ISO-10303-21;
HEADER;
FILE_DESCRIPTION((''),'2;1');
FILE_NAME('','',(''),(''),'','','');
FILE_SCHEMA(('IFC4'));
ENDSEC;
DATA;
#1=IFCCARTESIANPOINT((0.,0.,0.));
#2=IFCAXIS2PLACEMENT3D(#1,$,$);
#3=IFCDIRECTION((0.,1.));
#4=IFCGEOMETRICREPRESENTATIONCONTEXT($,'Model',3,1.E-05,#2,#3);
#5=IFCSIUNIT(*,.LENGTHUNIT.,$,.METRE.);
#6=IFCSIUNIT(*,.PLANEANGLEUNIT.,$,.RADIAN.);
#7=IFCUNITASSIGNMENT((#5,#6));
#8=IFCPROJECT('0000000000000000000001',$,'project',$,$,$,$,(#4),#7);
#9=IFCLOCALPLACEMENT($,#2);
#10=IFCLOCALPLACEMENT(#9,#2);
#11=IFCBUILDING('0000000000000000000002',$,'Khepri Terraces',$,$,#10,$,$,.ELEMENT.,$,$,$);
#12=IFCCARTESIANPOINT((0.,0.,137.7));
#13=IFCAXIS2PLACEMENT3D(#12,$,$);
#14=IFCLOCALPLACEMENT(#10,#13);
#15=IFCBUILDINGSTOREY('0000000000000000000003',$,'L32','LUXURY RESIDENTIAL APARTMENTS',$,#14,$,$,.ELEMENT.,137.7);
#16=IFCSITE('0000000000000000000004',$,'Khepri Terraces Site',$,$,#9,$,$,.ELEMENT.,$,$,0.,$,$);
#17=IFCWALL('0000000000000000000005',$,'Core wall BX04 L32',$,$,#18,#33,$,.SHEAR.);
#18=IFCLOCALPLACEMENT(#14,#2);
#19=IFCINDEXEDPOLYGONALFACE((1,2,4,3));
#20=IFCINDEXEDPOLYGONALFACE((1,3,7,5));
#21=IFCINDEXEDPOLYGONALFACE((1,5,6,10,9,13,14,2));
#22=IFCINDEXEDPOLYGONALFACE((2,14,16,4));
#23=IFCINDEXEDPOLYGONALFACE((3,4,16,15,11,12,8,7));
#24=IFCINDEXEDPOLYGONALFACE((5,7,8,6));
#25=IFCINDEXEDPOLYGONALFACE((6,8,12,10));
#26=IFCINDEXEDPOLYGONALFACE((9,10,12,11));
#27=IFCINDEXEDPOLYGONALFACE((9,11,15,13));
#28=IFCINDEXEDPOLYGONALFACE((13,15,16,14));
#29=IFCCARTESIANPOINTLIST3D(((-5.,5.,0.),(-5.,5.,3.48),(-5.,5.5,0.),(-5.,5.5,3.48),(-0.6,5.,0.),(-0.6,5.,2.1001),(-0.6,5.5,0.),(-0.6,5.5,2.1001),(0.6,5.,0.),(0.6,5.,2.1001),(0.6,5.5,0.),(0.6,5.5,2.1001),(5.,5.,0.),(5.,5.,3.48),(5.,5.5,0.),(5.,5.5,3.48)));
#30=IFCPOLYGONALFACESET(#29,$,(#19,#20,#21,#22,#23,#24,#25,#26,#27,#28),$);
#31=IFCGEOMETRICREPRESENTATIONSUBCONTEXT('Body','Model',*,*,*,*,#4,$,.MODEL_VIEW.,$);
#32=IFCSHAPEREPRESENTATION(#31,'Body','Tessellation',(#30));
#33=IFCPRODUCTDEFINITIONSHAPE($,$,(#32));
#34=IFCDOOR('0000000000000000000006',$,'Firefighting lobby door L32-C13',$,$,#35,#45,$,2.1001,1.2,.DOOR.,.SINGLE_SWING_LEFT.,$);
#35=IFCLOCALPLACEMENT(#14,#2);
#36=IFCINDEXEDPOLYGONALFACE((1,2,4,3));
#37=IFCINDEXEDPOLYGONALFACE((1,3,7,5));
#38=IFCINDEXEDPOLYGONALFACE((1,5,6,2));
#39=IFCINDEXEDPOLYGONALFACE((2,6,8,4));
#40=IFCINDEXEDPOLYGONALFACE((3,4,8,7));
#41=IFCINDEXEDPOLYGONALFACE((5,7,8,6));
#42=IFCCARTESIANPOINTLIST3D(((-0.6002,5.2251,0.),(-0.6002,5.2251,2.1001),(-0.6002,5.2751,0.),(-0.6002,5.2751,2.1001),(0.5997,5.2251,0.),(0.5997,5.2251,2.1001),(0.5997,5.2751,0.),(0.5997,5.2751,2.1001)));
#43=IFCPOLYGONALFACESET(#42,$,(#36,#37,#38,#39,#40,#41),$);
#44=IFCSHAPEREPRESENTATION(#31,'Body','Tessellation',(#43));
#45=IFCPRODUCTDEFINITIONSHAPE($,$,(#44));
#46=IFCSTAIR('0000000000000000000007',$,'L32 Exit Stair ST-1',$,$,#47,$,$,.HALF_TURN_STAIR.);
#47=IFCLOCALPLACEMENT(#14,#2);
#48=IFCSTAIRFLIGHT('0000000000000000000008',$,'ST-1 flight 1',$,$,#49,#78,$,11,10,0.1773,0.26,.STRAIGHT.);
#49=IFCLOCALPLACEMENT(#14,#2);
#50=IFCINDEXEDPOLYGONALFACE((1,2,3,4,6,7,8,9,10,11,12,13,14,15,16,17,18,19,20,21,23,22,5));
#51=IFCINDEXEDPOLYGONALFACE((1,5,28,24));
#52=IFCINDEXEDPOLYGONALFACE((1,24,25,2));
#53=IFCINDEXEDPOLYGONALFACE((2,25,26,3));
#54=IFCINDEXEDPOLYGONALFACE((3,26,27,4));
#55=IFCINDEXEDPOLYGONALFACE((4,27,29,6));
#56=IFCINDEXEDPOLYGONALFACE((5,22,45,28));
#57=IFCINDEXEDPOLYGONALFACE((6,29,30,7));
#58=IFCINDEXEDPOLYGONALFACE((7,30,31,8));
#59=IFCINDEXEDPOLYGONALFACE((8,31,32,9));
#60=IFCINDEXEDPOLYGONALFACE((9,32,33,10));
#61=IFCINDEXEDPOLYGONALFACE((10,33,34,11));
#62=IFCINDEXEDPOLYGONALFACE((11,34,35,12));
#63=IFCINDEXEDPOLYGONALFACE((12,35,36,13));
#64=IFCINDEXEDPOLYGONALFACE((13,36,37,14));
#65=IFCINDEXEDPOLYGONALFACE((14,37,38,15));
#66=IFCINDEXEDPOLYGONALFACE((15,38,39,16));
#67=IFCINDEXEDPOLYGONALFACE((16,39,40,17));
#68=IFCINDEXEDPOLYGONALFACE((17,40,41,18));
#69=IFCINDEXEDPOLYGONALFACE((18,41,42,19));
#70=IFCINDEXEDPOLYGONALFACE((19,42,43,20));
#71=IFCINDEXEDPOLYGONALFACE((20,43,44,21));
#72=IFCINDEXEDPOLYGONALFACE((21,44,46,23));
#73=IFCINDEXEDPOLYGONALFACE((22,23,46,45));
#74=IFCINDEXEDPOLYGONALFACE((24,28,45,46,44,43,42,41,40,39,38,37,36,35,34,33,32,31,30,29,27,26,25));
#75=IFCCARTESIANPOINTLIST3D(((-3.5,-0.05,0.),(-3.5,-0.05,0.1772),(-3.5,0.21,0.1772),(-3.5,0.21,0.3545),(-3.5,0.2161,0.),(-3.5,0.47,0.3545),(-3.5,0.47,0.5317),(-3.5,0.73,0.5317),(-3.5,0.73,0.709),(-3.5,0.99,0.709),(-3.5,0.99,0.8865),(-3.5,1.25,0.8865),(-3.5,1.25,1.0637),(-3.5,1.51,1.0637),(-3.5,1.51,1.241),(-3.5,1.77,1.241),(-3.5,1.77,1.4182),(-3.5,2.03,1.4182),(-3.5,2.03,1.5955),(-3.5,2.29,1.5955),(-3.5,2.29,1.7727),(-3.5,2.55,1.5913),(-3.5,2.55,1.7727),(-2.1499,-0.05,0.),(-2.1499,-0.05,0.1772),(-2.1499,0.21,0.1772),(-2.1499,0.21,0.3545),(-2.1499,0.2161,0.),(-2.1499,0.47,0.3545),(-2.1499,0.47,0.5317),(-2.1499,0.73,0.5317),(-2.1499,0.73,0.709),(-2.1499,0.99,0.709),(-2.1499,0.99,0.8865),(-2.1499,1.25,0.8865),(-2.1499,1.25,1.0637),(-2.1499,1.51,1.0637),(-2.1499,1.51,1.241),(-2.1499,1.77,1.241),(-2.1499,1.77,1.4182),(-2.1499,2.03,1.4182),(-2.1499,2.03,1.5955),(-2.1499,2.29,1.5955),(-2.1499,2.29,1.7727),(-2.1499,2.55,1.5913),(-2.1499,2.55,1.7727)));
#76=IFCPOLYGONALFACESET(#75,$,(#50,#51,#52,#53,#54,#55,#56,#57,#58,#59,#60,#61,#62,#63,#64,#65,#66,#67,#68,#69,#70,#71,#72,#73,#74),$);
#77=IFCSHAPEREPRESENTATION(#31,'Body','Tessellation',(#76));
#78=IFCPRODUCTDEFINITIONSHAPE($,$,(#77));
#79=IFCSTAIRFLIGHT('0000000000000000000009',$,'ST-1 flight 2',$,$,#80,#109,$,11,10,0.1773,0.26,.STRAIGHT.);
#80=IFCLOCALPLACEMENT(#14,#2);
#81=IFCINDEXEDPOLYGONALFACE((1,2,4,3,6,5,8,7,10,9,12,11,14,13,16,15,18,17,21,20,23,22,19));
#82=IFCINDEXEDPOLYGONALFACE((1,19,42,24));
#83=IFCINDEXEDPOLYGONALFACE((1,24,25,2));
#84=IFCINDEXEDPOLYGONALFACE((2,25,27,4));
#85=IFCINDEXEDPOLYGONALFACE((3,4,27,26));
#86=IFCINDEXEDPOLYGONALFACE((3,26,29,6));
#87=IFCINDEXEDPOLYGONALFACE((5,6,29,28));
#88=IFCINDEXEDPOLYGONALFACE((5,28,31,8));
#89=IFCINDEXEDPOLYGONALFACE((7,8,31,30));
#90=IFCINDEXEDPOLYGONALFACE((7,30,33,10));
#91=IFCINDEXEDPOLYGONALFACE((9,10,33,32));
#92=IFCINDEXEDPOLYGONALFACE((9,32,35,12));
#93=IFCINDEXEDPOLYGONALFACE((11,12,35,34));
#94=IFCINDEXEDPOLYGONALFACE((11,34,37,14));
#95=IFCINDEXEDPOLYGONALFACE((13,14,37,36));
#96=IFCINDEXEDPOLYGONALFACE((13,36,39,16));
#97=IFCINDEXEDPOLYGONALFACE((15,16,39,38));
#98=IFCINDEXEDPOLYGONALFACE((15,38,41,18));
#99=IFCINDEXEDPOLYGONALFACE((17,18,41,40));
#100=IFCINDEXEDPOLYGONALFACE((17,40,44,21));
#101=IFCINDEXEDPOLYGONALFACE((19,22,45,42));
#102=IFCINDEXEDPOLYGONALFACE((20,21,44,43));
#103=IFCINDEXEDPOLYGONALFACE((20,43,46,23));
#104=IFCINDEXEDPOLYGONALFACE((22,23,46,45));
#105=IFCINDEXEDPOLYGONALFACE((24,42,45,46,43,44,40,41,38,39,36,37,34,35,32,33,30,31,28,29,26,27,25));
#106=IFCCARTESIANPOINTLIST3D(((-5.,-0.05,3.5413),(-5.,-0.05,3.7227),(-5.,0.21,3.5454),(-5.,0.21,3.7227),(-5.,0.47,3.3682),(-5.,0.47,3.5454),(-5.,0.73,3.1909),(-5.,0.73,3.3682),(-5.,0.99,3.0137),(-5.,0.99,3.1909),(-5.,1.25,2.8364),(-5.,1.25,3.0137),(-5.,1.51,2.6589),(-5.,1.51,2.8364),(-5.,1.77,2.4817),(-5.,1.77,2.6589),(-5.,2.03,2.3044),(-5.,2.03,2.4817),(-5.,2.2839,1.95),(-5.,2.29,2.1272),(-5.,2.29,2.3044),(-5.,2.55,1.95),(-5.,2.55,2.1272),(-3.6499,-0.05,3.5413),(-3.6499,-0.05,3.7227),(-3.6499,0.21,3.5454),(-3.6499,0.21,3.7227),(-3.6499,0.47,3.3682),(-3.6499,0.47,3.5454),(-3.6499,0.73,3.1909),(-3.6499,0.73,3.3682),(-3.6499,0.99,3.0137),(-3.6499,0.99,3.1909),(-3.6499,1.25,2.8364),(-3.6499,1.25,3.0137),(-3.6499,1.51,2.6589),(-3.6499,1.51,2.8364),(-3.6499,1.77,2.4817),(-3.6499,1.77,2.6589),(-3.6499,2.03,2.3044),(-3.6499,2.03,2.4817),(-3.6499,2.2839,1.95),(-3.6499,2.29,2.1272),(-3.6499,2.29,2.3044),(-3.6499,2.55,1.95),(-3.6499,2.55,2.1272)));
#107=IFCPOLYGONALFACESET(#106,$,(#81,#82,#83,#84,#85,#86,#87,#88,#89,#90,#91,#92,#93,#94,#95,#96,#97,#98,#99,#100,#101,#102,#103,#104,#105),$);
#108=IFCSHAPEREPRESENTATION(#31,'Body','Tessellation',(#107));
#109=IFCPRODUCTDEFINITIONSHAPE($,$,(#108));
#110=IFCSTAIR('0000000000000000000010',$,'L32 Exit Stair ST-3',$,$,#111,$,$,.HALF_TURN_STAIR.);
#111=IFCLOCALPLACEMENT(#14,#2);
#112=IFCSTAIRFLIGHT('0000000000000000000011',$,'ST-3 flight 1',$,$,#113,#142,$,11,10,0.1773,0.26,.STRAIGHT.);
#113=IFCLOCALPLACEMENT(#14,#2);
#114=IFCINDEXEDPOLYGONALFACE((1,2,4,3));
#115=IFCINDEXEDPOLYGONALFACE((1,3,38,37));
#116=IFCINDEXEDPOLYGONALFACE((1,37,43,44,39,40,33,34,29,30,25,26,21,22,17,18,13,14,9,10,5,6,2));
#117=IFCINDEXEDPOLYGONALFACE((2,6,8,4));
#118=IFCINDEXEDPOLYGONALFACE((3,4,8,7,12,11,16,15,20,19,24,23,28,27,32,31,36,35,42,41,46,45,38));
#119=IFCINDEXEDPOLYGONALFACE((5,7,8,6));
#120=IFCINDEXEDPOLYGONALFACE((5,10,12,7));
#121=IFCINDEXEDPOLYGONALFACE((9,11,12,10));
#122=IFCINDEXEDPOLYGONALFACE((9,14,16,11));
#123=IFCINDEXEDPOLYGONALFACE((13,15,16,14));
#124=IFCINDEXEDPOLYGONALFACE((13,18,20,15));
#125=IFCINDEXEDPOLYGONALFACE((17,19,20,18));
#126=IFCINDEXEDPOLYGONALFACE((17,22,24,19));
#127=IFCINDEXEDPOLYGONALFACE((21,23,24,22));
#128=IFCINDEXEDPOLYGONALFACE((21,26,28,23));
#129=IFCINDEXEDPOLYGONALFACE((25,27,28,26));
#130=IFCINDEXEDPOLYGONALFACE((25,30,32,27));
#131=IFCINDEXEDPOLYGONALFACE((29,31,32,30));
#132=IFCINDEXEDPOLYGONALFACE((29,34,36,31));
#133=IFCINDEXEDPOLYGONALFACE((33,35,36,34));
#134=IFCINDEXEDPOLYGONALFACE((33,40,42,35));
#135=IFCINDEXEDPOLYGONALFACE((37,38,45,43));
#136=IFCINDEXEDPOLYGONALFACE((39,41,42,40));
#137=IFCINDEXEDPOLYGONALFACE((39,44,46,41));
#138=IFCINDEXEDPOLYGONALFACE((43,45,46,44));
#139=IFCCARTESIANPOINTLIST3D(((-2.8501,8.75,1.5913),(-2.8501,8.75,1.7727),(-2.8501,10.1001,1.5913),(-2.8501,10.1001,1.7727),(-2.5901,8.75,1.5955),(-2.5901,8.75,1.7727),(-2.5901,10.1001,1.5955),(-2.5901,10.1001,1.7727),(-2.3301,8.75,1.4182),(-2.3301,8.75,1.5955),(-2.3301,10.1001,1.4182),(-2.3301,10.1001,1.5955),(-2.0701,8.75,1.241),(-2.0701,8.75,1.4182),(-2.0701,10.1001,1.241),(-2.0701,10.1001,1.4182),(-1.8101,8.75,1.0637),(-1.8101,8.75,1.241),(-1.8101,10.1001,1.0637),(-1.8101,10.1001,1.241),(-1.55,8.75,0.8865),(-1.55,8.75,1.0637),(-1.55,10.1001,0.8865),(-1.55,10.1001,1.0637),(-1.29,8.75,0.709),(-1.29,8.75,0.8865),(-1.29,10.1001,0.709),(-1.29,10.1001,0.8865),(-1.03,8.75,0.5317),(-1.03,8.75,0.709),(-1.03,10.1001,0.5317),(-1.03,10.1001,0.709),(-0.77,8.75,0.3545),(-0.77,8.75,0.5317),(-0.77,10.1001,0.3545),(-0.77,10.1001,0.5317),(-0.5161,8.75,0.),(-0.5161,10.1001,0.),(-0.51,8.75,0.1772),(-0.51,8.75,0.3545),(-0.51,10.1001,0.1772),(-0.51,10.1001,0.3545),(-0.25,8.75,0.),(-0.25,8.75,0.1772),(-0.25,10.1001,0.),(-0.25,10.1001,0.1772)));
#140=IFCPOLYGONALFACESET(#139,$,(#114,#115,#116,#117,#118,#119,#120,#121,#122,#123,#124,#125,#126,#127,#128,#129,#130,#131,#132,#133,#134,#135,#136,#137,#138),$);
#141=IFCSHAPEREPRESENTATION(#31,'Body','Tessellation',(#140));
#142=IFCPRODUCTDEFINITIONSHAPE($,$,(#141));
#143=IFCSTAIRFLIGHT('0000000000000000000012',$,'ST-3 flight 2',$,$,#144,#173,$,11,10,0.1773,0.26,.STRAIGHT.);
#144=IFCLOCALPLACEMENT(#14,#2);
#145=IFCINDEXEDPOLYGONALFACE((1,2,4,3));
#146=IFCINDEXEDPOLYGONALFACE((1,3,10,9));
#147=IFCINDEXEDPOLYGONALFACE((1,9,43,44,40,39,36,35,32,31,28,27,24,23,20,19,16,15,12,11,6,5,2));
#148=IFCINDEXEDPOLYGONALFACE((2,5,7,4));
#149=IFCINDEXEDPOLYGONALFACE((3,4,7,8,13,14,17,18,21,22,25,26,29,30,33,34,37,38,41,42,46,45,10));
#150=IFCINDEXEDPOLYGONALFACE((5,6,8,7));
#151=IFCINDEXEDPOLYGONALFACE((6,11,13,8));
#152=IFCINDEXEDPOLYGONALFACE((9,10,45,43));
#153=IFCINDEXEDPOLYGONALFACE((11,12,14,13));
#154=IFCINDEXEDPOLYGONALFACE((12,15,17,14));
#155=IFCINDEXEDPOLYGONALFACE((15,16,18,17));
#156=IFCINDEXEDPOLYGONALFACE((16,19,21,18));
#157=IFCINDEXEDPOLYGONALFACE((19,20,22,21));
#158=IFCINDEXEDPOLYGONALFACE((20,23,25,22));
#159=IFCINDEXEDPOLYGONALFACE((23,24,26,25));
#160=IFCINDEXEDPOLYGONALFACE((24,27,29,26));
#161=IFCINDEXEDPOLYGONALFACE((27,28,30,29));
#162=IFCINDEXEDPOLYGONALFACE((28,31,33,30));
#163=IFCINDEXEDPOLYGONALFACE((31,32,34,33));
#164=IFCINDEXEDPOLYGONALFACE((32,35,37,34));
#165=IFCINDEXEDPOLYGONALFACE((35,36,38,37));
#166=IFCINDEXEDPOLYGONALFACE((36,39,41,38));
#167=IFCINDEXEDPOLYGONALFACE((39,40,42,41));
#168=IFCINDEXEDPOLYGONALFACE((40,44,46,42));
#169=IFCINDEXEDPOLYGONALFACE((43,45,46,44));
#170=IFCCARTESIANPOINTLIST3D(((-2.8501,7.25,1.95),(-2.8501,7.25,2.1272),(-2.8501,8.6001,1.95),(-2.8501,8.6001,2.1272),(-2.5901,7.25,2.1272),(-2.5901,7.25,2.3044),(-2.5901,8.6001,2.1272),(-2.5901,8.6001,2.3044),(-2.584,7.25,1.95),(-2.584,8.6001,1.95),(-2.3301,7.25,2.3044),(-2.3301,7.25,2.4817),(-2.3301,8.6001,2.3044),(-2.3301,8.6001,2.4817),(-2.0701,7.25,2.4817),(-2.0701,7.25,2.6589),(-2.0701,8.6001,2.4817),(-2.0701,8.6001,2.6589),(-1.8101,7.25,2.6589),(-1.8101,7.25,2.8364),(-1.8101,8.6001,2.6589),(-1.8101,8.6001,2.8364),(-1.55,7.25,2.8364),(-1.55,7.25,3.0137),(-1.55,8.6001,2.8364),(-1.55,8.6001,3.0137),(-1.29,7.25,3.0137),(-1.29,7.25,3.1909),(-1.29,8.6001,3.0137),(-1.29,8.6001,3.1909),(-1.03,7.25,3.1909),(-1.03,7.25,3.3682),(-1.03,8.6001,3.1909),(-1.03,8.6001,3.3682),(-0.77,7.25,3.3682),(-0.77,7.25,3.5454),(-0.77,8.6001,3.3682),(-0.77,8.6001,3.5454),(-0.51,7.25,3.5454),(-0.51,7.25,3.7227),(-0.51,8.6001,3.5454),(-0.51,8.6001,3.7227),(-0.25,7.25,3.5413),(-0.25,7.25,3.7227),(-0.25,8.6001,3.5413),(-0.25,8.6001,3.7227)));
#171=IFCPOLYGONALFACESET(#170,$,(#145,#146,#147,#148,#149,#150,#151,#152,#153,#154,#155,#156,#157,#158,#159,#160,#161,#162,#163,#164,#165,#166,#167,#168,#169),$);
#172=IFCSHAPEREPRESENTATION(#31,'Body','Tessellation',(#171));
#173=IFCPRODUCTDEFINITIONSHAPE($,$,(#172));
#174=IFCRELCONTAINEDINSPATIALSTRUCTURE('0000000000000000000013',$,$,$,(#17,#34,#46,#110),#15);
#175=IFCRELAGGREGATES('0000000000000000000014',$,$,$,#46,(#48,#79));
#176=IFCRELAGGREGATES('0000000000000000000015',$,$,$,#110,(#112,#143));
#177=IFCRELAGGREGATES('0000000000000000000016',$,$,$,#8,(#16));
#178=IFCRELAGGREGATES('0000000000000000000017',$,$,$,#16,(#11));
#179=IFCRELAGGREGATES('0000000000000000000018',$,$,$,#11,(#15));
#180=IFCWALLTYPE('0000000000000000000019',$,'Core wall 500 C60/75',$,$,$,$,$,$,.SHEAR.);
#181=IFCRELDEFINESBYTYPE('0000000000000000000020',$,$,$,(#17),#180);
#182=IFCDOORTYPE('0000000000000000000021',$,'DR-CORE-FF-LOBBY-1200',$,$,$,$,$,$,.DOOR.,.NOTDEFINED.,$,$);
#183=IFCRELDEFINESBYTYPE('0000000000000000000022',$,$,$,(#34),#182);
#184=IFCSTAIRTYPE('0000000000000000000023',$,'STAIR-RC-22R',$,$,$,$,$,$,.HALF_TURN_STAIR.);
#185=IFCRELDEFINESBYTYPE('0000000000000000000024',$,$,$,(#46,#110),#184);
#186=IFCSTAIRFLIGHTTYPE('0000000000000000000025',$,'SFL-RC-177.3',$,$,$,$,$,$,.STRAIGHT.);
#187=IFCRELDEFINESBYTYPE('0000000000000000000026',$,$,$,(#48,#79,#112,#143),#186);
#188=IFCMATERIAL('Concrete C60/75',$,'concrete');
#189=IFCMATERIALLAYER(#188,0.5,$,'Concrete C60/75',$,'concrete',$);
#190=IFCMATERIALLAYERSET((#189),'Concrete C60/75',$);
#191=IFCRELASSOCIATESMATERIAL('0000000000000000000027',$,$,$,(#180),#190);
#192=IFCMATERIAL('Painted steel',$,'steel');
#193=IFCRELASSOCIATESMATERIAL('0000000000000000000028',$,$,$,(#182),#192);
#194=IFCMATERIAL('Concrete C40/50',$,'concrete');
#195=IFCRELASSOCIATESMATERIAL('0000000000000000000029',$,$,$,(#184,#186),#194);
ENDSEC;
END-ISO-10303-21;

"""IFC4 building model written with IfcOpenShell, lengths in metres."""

from ifc_helpers import new_model, si_unit, direction, frame, frame_2d, origin, place, context, subcontext, project, spatial, polyline, rectangle, outline, extrude, material, layer, layer_set, type_object, element, fill, aggregate, save


model = new_model("IFC4")

# Units and contexts
model_context = context("Model", 3, precision=1e-05, world=origin(), true_north=direction((0.0, 1.0)))
body_context = subcontext(model_context, "Body", "Model", "MODEL_VIEW")
ifc_project = project(units=[si_unit("LENGTHUNIT", "METRE"), si_unit("PLANEANGLEUNIT", "RADIAN")], contexts=[model_context])

# Site, building, storey
site_placement = place(None, origin())
site = spatial("IfcSite", under=ifc_project, at=site_placement, Name="Khepri Terraces Site", CompositionType="ELEMENT", RefElevation=0.0)
building_placement = place(site_placement, origin())
building = spatial("IfcBuilding", under=site, at=building_placement, Name="Khepri Terraces", CompositionType="ELEMENT")
storey_placement = place(building_placement, frame((0.0, 0.0, 137.7)))
storey = spatial("IfcBuildingStorey", under=building, at=storey_placement, Name="L32", Description="LUXURY RESIDENTIAL APARTMENTS", CompositionType="ELEMENT", Elevation=137.7)

# Wall, opening, door
ifc_material_1 = material(Name="Concrete C60/75", Category="concrete")
ifc_layer = layer(ifc_material_1, 0.5, Name="Concrete C60/75", Category="concrete")
ifc_layer_set = layer_set([ifc_layer], Name="Concrete C60/75")
wall_type = type_object("IfcWallType", Name="Core wall 500 C60/75", PredefinedType="SHEAR", material=ifc_layer_set)
wall_placement = place(storey_placement, frame((-5.0, 5.25, 0.0), z_axis=(0.0, 0.0, 1.0), x_axis=(1.0, 0.0, 0.0)))
wall = element("IfcWall", 1, at=wall_placement, inside=storey, type_object=wall_type, Name="Core wall BX04 L32", PredefinedType="SHEAR", context=body_context, shape_type="SweptSolid", body=[
    extrude(rectangle(XDim=10.0, YDim=0.5, at=frame_2d((5.0, 0.0))), origin(), (0.0, 0.0, 1.0), 3.48),
])
opening_placement = place(wall_placement, frame((4.3999, 0.0, 0.0)))
opening = element("IfcOpeningElement", 2, at=opening_placement, cuts=wall, PredefinedType="OPENING", context=body_context, shape_type="SweptSolid", body=[
    extrude(rectangle(XDim=1.2, YDim=2.1001, at=frame_2d((0.6001, 1.05))), frame((0.0, 0.26, 0.0), z_axis=(0.0, -1.0, 0.0), x_axis=(1.0, 0.0, 0.0)), (0.0, 0.0, 1.0), 0.52),
])
ifc_material_2 = material(Name="Painted steel", Category="steel")
door_type = type_object("IfcDoorType", Name="DR-CORE-FF-LOBBY-1200", OperationType="NOTDEFINED", PredefinedType="DOOR", material=ifc_material_2)
door_placement = place(opening_placement, frame((1.2, 0.0, 0.0), z_axis=(0.0, 0.0, 1.0), x_axis=(-1.0, 0.0, 0.0)))
door = element("IfcDoor", 3, at=door_placement, inside=storey, type_object=door_type, Name="Firefighting lobby door L32-C13", OperationType="SINGLE_SWING_LEFT", OverallHeight=2.1001, OverallWidth=1.2, PredefinedType="DOOR", context=body_context, shape_type="SweptSolid", body=[
    extrude(rectangle(XDim=1.2, YDim=2.1001, at=frame_2d((0.6001, 1.05))), frame((0.0, 0.0249, 0.0), z_axis=(0.0, -1.0, 0.0), x_axis=(1.0, 0.0, 0.0)), (0.0, 0.0, 1.0), 0.05),
])
fill(opening, door)

# Stairs, stair flights
ifc_material_3 = material(Name="Concrete C40/50", Category="concrete")
stair_type = type_object("IfcStairType", Name="STAIR-RC-22R", PredefinedType="HALF_TURN_STAIR", material=ifc_material_3)
stair_1_placement = place(storey_placement, origin())
stair_1 = element("IfcStair", 4, at=stair_1_placement, inside=storey, type_object=stair_type, Name="L32 Exit Stair ST-1", PredefinedType="HALF_TURN_STAIR")
stair_flight_type = type_object("IfcStairFlightType", Name="SFL-RC-177.3", PredefinedType="STRAIGHT", material=ifc_material_3)
stair_flight_1_placement = place(storey_placement, frame((-2.825, -0.05, 0.0), z_axis=(0.0, 0.0, 1.0), x_axis=(0.0, 1.0, 0.0)))
stair_flight_1 = element("IfcStairFlight", 5, at=stair_flight_1_placement, type_object=stair_flight_type, Name="ST-1 flight 1", NumberOfRisers=11, NumberOfTreads=10, PredefinedType="STRAIGHT", RiserHeight=0.1773, TreadLength=0.26, context=body_context, shape_type="SweptSolid", body=[
    extrude(outline(polyline([(0.0, 0.0), (0.0, 0.1772), (0.26, 0.1772), (0.26, 0.3545), (0.52, 0.3545), (0.52, 0.5317), (0.78, 0.5317), (0.78, 0.709), (1.04, 0.709), (1.04, 0.8865), (1.3, 0.8865), (1.3, 1.0637), (1.5601, 1.0637), (1.5601, 1.241), (1.8201, 1.241), (1.8201, 1.4182), (2.0801, 1.4182), (2.0801, 1.5955), (2.3401, 1.5955), (2.3401, 1.7727), (2.6001, 1.7727), (2.6001, 1.95), (2.6001, 1.5913), (0.2661, 0.0), (0.0, 0.0)])), frame((0.0, 0.675, 0.0), z_axis=(0.0, -1.0, 0.0), x_axis=(1.0, 0.0, 0.0)), (0.0, 0.0, 1.0), 1.3501),
])
stair_flight_2_placement = place(storey_placement, frame((-4.325, 2.55, 1.95), z_axis=(0.0, 0.0, 1.0), x_axis=(0.0, -1.0, 0.0)))
stair_flight_2 = element("IfcStairFlight", 6, at=stair_flight_2_placement, type_object=stair_flight_type, Name="ST-1 flight 2", NumberOfRisers=11, NumberOfTreads=10, PredefinedType="STRAIGHT", RiserHeight=0.1773, TreadLength=0.26, context=body_context, shape_type="SweptSolid", body=[
    extrude(outline(polyline([(0.0, 0.0), (0.0, 0.1772), (0.26, 0.1772), (0.26, 0.3545), (0.52, 0.3545), (0.52, 0.5317), (0.78, 0.5317), (0.78, 0.709), (1.04, 0.709), (1.04, 0.8865), (1.3, 0.8865), (1.3, 1.0637), (1.5601, 1.0637), (1.5601, 1.241), (1.8201, 1.241), (1.8201, 1.4182), (2.0801, 1.4182), (2.0801, 1.5955), (2.3401, 1.5955), (2.3401, 1.7727), (2.6001, 1.7727), (2.6001, 1.95), (2.6001, 1.5913), (0.2661, 0.0), (0.0, 0.0)])), frame((0.0, 0.675, 0.0), z_axis=(0.0, -1.0, 0.0), x_axis=(1.0, 0.0, 0.0)), (0.0, 0.0, 1.0), 1.3501),
])
aggregate(stair_1, [stair_flight_1, stair_flight_2])
stair_2_placement = place(storey_placement, origin())
stair_2 = element("IfcStair", 7, at=stair_2_placement, inside=storey, type_object=stair_type, Name="L32 Exit Stair ST-3", PredefinedType="HALF_TURN_STAIR")
stair_flight_3_placement = place(storey_placement, frame((-0.25, 9.425, 0.0), z_axis=(0.0, 0.0, 1.0), x_axis=(-1.0, 0.0, 0.0)))
stair_flight_3 = element("IfcStairFlight", 8, at=stair_flight_3_placement, type_object=stair_flight_type, Name="ST-3 flight 1", NumberOfRisers=11, NumberOfTreads=10, PredefinedType="STRAIGHT", RiserHeight=0.1773, TreadLength=0.26, context=body_context, shape_type="SweptSolid", body=[
    extrude(outline(polyline([(0.0, 0.0), (0.0, 0.1772), (0.26, 0.1772), (0.26, 0.3545), (0.52, 0.3545), (0.52, 0.5317), (0.78, 0.5317), (0.78, 0.709), (1.04, 0.709), (1.04, 0.8865), (1.3, 0.8865), (1.3, 1.0637), (1.5601, 1.0637), (1.5601, 1.241), (1.8201, 1.241), (1.8201, 1.4182), (2.0801, 1.4182), (2.0801, 1.5955), (2.3401, 1.5955), (2.3401, 1.7727), (2.6001, 1.7727), (2.6001, 1.95), (2.6001, 1.5913), (0.2661, 0.0), (0.0, 0.0)])), frame((0.0, 0.675, 0.0), z_axis=(0.0, -1.0, 0.0), x_axis=(1.0, 0.0, 0.0)), (0.0, 0.0, 1.0), 1.3501),
])
stair_flight_4_placement = place(storey_placement, frame((-2.8501, 7.925, 1.95), z_axis=(0.0, 0.0, 1.0), x_axis=(1.0, 0.0, 0.0)))
stair_flight_4 = element("IfcStairFlight", 9, at=stair_flight_4_placement, type_object=stair_flight_type, Name="ST-3 flight 2", NumberOfRisers=11, NumberOfTreads=10, PredefinedType="STRAIGHT", RiserHeight=0.1773, TreadLength=0.26, context=body_context, shape_type="SweptSolid", body=[
    extrude(outline(polyline([(0.0, 0.0), (0.0, 0.1772), (0.26, 0.1772), (0.26, 0.3545), (0.52, 0.3545), (0.52, 0.5317), (0.78, 0.5317), (0.78, 0.709), (1.04, 0.709), (1.04, 0.8865), (1.3, 0.8865), (1.3, 1.0637), (1.5601, 1.0637), (1.5601, 1.241), (1.8201, 1.241), (1.8201, 1.4182), (2.0801, 1.4182), (2.0801, 1.5955), (2.3401, 1.5955), (2.3401, 1.7727), (2.6001, 1.7727), (2.6001, 1.95), (2.6001, 1.5913), (0.2661, 0.0), (0.0, 0.0)])), frame((0.0, 0.675, 0.0), z_axis=(0.0, -1.0, 0.0), x_axis=(1.0, 0.0, 0.0)), (0.0, 0.0, 1.0), 1.3501),
])
aggregate(stair_2, [stair_flight_3, stair_flight_4])

save(model, "model.ifc")
